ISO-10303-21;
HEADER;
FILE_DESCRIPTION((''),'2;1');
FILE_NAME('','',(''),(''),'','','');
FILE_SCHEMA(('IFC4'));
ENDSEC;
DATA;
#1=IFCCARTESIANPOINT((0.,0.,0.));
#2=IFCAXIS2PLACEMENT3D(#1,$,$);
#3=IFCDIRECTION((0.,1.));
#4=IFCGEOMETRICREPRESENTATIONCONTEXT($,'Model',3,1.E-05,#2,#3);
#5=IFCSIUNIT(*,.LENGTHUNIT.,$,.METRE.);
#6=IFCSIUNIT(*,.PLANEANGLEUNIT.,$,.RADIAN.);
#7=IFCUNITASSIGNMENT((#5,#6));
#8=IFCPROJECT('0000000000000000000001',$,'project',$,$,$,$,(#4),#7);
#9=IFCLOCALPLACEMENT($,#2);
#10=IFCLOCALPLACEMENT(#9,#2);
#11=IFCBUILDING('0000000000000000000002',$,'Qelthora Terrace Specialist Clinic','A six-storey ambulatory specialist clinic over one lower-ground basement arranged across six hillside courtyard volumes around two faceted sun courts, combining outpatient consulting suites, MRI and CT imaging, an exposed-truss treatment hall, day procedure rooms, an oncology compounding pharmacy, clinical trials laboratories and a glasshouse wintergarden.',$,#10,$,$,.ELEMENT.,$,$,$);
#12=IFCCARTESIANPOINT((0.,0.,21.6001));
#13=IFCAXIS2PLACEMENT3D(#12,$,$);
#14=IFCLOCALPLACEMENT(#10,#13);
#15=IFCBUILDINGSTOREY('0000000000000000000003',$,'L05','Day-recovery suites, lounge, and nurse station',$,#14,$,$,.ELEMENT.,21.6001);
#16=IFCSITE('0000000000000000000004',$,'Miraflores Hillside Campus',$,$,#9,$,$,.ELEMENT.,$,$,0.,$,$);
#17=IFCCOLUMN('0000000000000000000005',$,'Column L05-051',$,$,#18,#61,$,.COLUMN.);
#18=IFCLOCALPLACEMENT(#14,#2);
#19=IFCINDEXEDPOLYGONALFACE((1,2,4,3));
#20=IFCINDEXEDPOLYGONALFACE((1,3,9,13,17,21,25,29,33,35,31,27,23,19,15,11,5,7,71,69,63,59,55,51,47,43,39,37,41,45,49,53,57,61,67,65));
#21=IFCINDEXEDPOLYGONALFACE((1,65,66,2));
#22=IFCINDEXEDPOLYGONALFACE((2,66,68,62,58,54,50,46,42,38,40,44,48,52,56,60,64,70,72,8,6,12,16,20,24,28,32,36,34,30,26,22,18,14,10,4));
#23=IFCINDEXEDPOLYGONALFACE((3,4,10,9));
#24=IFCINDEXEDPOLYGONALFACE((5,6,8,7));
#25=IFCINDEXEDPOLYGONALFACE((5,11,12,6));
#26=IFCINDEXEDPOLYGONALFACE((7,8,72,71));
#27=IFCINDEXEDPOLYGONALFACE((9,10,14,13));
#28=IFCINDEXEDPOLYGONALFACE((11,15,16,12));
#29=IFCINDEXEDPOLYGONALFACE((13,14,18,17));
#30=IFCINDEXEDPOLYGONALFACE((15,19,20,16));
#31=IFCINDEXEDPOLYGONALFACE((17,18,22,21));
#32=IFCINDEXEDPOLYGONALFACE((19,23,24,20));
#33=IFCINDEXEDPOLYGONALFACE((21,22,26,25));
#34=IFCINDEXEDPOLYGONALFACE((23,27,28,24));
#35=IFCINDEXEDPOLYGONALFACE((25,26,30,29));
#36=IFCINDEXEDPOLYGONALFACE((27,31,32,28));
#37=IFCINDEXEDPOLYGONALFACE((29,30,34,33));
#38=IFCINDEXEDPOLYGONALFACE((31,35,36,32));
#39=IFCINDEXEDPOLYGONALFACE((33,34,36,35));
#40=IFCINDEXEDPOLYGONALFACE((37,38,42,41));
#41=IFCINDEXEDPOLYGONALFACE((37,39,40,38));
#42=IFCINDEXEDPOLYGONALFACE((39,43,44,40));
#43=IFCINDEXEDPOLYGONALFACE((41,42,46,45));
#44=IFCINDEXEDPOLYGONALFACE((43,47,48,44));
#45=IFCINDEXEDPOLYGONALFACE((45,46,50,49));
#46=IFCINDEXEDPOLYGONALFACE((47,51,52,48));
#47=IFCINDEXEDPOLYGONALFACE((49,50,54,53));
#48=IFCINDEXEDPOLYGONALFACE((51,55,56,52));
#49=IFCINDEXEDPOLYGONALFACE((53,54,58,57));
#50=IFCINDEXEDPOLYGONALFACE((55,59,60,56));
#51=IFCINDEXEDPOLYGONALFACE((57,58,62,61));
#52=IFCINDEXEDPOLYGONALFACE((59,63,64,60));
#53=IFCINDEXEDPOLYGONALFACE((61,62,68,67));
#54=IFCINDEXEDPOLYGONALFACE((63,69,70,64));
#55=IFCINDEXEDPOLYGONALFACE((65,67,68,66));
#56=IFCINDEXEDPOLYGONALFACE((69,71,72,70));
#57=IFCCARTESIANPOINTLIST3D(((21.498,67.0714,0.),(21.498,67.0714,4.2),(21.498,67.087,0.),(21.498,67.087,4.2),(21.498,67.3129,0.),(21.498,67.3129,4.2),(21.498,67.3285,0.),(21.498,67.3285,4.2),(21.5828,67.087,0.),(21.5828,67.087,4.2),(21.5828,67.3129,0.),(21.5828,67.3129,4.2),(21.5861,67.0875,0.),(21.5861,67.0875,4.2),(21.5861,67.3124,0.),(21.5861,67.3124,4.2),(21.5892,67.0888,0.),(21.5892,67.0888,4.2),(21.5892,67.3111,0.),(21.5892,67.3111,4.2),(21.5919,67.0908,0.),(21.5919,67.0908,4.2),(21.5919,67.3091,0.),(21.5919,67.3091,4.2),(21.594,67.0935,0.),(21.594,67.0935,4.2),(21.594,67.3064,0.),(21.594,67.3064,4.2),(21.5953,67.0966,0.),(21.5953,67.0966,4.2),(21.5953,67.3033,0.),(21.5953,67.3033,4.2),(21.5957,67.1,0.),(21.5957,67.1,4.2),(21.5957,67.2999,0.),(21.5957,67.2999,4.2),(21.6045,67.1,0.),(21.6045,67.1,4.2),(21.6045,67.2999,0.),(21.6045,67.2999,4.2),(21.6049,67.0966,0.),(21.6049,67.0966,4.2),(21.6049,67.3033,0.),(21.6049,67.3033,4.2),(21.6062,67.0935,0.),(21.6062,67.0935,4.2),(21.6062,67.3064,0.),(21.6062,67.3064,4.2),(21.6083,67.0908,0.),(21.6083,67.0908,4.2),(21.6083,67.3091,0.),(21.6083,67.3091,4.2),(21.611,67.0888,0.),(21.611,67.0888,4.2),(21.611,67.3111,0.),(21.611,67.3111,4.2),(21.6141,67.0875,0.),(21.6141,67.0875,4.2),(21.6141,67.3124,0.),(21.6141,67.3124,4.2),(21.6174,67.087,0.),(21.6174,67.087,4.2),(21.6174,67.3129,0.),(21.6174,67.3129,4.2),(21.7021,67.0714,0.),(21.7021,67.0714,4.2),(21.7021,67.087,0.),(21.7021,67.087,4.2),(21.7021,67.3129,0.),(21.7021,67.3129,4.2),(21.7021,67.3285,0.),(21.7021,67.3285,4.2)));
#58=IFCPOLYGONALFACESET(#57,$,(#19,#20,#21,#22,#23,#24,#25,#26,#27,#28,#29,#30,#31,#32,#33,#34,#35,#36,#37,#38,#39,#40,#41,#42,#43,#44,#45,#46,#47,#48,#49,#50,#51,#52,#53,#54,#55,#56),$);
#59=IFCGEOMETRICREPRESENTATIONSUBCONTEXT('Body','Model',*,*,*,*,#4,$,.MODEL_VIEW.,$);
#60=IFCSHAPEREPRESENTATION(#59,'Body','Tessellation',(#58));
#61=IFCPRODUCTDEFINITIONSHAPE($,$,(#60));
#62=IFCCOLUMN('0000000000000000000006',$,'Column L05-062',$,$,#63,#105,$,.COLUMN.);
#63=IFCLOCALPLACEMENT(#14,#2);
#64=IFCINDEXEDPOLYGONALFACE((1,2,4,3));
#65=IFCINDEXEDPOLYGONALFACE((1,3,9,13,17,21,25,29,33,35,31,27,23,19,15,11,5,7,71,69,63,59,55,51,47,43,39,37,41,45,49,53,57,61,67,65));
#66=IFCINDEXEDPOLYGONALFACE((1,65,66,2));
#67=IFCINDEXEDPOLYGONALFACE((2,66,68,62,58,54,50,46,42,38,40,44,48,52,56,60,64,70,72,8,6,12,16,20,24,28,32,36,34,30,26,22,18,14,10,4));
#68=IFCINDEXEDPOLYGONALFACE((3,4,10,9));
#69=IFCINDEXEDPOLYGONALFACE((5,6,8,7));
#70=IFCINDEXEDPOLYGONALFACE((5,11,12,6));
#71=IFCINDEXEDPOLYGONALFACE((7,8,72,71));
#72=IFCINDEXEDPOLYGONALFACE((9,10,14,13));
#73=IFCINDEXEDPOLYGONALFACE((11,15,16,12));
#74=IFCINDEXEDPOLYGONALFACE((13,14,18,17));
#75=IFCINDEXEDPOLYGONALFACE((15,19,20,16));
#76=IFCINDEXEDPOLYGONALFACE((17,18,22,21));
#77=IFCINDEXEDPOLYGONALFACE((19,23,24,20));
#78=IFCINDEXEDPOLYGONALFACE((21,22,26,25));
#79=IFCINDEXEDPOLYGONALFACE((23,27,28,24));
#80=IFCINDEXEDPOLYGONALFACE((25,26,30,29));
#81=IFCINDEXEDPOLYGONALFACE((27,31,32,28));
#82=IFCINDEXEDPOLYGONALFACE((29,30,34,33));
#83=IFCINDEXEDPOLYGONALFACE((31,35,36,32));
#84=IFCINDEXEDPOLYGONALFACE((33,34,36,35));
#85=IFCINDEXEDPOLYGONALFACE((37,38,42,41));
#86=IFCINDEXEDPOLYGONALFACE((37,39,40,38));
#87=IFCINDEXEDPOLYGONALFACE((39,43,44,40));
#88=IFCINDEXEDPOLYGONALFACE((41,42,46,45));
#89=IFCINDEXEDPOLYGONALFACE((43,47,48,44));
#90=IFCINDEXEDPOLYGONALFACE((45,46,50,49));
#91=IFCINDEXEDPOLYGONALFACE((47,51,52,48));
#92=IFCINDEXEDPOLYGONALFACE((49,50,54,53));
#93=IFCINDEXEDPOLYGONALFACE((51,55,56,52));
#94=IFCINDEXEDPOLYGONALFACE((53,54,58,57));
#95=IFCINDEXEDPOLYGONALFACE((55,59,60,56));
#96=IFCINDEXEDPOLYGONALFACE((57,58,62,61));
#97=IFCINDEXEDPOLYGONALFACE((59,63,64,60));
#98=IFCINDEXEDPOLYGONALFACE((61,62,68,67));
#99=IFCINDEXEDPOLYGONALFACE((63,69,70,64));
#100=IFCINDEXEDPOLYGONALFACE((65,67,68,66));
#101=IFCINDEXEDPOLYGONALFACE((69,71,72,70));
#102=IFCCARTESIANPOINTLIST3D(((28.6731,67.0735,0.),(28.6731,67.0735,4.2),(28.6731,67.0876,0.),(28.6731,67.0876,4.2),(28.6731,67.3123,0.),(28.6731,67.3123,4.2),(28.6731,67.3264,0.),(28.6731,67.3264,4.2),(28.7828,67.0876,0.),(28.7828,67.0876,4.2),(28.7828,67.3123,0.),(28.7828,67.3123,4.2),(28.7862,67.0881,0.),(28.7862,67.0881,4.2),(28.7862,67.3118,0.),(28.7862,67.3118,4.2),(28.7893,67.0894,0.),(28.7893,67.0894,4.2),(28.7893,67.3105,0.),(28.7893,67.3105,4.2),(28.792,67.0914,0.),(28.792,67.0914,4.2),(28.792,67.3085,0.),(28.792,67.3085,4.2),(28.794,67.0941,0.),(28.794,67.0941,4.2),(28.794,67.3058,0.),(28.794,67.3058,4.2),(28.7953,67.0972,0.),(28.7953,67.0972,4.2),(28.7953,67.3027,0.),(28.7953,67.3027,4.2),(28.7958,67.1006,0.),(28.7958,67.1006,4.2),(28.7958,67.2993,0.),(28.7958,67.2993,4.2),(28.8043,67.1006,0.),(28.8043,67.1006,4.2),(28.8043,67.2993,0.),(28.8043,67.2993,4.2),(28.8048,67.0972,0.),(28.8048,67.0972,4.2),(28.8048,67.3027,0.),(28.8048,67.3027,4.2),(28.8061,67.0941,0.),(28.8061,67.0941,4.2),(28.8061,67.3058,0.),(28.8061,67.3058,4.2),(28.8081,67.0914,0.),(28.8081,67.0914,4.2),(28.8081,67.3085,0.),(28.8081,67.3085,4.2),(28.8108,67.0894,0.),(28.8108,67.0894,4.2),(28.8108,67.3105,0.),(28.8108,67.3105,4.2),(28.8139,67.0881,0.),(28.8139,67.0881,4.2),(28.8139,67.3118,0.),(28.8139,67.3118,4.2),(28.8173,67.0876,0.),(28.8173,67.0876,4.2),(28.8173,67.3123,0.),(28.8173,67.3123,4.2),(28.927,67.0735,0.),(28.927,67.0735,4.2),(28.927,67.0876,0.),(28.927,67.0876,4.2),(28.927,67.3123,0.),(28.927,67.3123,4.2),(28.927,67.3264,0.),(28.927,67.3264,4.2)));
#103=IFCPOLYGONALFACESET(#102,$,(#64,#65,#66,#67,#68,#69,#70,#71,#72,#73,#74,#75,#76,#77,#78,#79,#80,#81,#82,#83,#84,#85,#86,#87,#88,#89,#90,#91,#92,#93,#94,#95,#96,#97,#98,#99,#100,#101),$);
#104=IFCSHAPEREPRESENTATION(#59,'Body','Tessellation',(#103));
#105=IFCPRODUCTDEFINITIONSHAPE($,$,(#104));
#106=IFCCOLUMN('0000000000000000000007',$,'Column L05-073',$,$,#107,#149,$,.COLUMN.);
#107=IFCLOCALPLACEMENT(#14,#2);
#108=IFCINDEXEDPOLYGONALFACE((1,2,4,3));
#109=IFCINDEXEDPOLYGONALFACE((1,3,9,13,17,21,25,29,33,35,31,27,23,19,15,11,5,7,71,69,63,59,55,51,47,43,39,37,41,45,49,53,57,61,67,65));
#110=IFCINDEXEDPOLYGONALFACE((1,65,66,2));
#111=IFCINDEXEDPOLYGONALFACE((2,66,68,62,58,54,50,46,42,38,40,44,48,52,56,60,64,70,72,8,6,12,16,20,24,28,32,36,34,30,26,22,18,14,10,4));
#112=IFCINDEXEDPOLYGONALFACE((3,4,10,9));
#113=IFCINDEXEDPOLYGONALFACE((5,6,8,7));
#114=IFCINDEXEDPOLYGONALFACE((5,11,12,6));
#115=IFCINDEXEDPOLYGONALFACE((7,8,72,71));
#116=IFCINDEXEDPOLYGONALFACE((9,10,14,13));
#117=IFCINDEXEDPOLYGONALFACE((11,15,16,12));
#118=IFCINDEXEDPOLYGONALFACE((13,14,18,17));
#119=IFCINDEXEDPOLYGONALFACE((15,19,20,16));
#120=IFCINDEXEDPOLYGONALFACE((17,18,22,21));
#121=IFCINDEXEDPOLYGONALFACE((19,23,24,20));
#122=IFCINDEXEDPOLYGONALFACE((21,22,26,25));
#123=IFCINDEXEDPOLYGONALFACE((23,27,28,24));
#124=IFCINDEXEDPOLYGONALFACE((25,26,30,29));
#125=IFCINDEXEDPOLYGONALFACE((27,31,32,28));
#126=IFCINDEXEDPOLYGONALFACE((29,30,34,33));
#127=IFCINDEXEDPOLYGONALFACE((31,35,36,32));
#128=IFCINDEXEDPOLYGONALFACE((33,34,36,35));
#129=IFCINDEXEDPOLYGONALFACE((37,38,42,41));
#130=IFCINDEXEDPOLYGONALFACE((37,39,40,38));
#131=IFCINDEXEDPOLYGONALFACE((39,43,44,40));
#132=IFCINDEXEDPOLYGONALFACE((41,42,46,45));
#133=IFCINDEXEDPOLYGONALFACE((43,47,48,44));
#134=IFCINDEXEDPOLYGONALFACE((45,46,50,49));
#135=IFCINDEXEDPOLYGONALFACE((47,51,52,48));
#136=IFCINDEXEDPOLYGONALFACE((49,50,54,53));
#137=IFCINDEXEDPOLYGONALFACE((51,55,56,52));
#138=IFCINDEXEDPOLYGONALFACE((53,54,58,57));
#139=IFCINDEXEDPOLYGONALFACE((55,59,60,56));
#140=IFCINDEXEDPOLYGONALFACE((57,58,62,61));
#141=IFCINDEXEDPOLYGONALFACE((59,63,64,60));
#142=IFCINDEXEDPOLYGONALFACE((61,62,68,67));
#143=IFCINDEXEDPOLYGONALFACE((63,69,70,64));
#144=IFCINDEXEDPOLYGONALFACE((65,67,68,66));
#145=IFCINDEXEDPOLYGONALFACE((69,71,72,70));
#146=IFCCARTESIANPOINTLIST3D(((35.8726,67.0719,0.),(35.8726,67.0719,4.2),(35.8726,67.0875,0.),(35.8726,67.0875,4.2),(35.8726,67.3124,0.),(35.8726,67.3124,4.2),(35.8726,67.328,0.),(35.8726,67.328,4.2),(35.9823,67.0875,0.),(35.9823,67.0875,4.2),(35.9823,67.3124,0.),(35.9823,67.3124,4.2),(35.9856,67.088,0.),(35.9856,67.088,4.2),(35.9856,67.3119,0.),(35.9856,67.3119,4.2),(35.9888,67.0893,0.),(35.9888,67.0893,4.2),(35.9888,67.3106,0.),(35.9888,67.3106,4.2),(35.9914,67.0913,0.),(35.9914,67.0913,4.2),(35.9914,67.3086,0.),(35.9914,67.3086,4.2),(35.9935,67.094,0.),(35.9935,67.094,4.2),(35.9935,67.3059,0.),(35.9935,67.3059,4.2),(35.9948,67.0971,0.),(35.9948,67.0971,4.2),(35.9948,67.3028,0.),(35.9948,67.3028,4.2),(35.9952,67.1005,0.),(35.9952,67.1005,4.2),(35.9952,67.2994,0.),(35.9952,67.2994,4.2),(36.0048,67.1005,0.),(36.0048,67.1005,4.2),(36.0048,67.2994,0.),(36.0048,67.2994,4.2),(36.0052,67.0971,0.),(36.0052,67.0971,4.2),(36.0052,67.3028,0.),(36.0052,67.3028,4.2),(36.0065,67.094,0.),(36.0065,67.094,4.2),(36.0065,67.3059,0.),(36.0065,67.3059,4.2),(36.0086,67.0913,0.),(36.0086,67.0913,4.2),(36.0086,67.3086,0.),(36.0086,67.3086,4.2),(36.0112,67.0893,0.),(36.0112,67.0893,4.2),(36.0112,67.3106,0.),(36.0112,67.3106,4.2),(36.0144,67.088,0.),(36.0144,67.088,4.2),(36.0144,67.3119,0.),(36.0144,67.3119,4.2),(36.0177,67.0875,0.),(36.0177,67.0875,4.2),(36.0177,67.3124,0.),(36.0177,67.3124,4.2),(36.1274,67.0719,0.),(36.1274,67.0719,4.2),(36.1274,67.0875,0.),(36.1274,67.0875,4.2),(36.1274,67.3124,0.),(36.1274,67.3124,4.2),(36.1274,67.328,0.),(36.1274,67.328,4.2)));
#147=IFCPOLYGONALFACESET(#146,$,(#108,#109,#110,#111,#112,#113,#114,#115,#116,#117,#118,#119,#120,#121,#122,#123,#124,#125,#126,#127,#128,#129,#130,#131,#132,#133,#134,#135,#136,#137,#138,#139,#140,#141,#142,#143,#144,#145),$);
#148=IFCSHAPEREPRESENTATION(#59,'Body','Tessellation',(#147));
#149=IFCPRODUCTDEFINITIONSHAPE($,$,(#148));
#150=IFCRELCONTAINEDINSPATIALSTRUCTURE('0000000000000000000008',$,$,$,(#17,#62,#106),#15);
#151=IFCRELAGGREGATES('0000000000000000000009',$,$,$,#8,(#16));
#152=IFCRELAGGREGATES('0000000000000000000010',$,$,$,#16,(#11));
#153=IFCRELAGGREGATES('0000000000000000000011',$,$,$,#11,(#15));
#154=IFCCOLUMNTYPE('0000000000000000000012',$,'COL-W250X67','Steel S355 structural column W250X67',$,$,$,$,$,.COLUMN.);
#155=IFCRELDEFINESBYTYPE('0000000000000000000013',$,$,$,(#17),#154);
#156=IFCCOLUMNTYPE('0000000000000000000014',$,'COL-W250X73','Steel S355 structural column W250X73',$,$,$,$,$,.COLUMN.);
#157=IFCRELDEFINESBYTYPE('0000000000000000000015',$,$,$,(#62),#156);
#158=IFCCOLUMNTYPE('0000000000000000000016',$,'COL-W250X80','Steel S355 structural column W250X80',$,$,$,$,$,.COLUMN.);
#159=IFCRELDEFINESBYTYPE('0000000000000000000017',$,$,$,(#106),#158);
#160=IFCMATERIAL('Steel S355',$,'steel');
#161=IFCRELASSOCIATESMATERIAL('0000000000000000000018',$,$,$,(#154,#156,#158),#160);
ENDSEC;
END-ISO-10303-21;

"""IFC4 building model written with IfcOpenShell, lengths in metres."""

from ifc_helpers import new_model, si_unit, direction, frame, origin, origin_2d, place, context, subcontext, project, spatial, i_section, extrude, material, material_profile, profile_set, type_object, element, save


model = new_model("IFC4")

# Units and contexts
model_context = context("Model", 3, precision=1e-05, world=origin(), true_north=direction((0.0, 1.0)))
body_context = subcontext(model_context, "Body", "Model", "MODEL_VIEW")
ifc_project = project(units=[si_unit("LENGTHUNIT", "METRE"), si_unit("PLANEANGLEUNIT", "RADIAN")], contexts=[model_context])

# Site, building, storey
site_placement = place(None, origin())
site = spatial("IfcSite", under=ifc_project, at=site_placement, Name="Miraflores Hillside Campus", CompositionType="ELEMENT", RefElevation=0.0)
building_placement = place(site_placement, origin())
building = spatial("IfcBuilding", under=site, at=building_placement, Name="Qelthora Terrace Specialist Clinic", Description="A six-storey ambulatory specialist clinic over one lower-ground basement arranged across six hillside courtyard volumes around two faceted sun courts, combining outpatient consulting suites, MRI and CT imaging, an exposed-truss treatment hall, day procedure rooms, an oncology compounding pharmacy, clinical trials laboratories and a glasshouse wintergarden.", CompositionType="ELEMENT")
storey_placement = place(building_placement, frame((0.0, 0.0, 21.6001)))
storey = spatial("IfcBuildingStorey", under=building, at=storey_placement, Name="L05", Description="Day-recovery suites, lounge, and nurse station", CompositionType="ELEMENT", Elevation=21.6001)

# Columns
ifc_material_1 = material(Name="Steel S355", Category="steel")
ifc_material_profile_1 = material_profile(ifc_material_1, i_section(OverallWidth=0.2041, OverallDepth=0.2571, WebThickness=0.0088, FlangeThickness=0.0156, FilletRadius=0.0129, at=origin_2d()), Name="W250X67")
ifc_profile_set_1 = profile_set([ifc_material_profile_1], Name="Steel S355")
column_type_1 = type_object("IfcColumnType", Name="COL-W250X67", Description="Steel S355 structural column W250X67", PredefinedType="COLUMN", material=ifc_profile_set_1)
column_1_placement = place(storey_placement, frame((21.6001, 67.2, 0.0), z_axis=(0.0, 0.0, 1.0), x_axis=(1.0, 0.0, 0.0)))
element("IfcColumn", 1, at=column_1_placement, inside=storey, type_object=column_type_1, Name="Column L05-051", PredefinedType="COLUMN", context=body_context, shape_type="SweptSolid", body=[
    extrude(i_section(OverallWidth=0.2041, OverallDepth=0.2571, WebThickness=0.0088, FlangeThickness=0.0156, FilletRadius=0.0129, at=origin_2d()), origin(), (0.0, 0.0, 1.0), 4.2),
])
ifc_material_profile_2 = material_profile(ifc_material_1, i_section(OverallWidth=0.2539, OverallDepth=0.2529, WebThickness=0.0085, FlangeThickness=0.0142, FilletRadius=0.0129, at=origin_2d()), Name="W250X73")
ifc_profile_set_2 = profile_set([ifc_material_profile_2], Name="Steel S355")
column_type_2 = type_object("IfcColumnType", Name="COL-W250X73", Description="Steel S355 structural column W250X73", PredefinedType="COLUMN", material=ifc_profile_set_2)
column_2_placement = place(storey_placement, frame((28.8, 67.2, 0.0), z_axis=(0.0, 0.0, 1.0), x_axis=(1.0, 0.0, 0.0)))
element("IfcColumn", 2, at=column_2_placement, inside=storey, type_object=column_type_2, Name="Column L05-062", PredefinedType="COLUMN", context=body_context, shape_type="SweptSolid", body=[
    extrude(i_section(OverallWidth=0.2539, OverallDepth=0.2529, WebThickness=0.0085, FlangeThickness=0.0142, FilletRadius=0.0129, at=origin_2d()), origin(), (0.0, 0.0, 1.0), 4.2),
])
ifc_material_profile_3 = material_profile(ifc_material_1, i_section(OverallWidth=0.2549, OverallDepth=0.2561, WebThickness=0.0095, FlangeThickness=0.0156, FilletRadius=0.0129, at=origin_2d()), Name="W250X80")
ifc_profile_set_3 = profile_set([ifc_material_profile_3], Name="Steel S355")
column_type_3 = type_object("IfcColumnType", Name="COL-W250X80", Description="Steel S355 structural column W250X80", PredefinedType="COLUMN", material=ifc_profile_set_3)
column_3_placement = place(storey_placement, frame((36.0, 67.2, 0.0), z_axis=(0.0, 0.0, 1.0), x_axis=(1.0, 0.0, 0.0)))
element("IfcColumn", 3, at=column_3_placement, inside=storey, type_object=column_type_3, Name="Column L05-073", PredefinedType="COLUMN", context=body_context, shape_type="SweptSolid", body=[
    extrude(i_section(OverallWidth=0.2549, OverallDepth=0.2561, WebThickness=0.0095, FlangeThickness=0.0156, FilletRadius=0.0129, at=origin_2d()), origin(), (0.0, 0.0, 1.0), 4.2),
])

save(model, "model.ifc")
